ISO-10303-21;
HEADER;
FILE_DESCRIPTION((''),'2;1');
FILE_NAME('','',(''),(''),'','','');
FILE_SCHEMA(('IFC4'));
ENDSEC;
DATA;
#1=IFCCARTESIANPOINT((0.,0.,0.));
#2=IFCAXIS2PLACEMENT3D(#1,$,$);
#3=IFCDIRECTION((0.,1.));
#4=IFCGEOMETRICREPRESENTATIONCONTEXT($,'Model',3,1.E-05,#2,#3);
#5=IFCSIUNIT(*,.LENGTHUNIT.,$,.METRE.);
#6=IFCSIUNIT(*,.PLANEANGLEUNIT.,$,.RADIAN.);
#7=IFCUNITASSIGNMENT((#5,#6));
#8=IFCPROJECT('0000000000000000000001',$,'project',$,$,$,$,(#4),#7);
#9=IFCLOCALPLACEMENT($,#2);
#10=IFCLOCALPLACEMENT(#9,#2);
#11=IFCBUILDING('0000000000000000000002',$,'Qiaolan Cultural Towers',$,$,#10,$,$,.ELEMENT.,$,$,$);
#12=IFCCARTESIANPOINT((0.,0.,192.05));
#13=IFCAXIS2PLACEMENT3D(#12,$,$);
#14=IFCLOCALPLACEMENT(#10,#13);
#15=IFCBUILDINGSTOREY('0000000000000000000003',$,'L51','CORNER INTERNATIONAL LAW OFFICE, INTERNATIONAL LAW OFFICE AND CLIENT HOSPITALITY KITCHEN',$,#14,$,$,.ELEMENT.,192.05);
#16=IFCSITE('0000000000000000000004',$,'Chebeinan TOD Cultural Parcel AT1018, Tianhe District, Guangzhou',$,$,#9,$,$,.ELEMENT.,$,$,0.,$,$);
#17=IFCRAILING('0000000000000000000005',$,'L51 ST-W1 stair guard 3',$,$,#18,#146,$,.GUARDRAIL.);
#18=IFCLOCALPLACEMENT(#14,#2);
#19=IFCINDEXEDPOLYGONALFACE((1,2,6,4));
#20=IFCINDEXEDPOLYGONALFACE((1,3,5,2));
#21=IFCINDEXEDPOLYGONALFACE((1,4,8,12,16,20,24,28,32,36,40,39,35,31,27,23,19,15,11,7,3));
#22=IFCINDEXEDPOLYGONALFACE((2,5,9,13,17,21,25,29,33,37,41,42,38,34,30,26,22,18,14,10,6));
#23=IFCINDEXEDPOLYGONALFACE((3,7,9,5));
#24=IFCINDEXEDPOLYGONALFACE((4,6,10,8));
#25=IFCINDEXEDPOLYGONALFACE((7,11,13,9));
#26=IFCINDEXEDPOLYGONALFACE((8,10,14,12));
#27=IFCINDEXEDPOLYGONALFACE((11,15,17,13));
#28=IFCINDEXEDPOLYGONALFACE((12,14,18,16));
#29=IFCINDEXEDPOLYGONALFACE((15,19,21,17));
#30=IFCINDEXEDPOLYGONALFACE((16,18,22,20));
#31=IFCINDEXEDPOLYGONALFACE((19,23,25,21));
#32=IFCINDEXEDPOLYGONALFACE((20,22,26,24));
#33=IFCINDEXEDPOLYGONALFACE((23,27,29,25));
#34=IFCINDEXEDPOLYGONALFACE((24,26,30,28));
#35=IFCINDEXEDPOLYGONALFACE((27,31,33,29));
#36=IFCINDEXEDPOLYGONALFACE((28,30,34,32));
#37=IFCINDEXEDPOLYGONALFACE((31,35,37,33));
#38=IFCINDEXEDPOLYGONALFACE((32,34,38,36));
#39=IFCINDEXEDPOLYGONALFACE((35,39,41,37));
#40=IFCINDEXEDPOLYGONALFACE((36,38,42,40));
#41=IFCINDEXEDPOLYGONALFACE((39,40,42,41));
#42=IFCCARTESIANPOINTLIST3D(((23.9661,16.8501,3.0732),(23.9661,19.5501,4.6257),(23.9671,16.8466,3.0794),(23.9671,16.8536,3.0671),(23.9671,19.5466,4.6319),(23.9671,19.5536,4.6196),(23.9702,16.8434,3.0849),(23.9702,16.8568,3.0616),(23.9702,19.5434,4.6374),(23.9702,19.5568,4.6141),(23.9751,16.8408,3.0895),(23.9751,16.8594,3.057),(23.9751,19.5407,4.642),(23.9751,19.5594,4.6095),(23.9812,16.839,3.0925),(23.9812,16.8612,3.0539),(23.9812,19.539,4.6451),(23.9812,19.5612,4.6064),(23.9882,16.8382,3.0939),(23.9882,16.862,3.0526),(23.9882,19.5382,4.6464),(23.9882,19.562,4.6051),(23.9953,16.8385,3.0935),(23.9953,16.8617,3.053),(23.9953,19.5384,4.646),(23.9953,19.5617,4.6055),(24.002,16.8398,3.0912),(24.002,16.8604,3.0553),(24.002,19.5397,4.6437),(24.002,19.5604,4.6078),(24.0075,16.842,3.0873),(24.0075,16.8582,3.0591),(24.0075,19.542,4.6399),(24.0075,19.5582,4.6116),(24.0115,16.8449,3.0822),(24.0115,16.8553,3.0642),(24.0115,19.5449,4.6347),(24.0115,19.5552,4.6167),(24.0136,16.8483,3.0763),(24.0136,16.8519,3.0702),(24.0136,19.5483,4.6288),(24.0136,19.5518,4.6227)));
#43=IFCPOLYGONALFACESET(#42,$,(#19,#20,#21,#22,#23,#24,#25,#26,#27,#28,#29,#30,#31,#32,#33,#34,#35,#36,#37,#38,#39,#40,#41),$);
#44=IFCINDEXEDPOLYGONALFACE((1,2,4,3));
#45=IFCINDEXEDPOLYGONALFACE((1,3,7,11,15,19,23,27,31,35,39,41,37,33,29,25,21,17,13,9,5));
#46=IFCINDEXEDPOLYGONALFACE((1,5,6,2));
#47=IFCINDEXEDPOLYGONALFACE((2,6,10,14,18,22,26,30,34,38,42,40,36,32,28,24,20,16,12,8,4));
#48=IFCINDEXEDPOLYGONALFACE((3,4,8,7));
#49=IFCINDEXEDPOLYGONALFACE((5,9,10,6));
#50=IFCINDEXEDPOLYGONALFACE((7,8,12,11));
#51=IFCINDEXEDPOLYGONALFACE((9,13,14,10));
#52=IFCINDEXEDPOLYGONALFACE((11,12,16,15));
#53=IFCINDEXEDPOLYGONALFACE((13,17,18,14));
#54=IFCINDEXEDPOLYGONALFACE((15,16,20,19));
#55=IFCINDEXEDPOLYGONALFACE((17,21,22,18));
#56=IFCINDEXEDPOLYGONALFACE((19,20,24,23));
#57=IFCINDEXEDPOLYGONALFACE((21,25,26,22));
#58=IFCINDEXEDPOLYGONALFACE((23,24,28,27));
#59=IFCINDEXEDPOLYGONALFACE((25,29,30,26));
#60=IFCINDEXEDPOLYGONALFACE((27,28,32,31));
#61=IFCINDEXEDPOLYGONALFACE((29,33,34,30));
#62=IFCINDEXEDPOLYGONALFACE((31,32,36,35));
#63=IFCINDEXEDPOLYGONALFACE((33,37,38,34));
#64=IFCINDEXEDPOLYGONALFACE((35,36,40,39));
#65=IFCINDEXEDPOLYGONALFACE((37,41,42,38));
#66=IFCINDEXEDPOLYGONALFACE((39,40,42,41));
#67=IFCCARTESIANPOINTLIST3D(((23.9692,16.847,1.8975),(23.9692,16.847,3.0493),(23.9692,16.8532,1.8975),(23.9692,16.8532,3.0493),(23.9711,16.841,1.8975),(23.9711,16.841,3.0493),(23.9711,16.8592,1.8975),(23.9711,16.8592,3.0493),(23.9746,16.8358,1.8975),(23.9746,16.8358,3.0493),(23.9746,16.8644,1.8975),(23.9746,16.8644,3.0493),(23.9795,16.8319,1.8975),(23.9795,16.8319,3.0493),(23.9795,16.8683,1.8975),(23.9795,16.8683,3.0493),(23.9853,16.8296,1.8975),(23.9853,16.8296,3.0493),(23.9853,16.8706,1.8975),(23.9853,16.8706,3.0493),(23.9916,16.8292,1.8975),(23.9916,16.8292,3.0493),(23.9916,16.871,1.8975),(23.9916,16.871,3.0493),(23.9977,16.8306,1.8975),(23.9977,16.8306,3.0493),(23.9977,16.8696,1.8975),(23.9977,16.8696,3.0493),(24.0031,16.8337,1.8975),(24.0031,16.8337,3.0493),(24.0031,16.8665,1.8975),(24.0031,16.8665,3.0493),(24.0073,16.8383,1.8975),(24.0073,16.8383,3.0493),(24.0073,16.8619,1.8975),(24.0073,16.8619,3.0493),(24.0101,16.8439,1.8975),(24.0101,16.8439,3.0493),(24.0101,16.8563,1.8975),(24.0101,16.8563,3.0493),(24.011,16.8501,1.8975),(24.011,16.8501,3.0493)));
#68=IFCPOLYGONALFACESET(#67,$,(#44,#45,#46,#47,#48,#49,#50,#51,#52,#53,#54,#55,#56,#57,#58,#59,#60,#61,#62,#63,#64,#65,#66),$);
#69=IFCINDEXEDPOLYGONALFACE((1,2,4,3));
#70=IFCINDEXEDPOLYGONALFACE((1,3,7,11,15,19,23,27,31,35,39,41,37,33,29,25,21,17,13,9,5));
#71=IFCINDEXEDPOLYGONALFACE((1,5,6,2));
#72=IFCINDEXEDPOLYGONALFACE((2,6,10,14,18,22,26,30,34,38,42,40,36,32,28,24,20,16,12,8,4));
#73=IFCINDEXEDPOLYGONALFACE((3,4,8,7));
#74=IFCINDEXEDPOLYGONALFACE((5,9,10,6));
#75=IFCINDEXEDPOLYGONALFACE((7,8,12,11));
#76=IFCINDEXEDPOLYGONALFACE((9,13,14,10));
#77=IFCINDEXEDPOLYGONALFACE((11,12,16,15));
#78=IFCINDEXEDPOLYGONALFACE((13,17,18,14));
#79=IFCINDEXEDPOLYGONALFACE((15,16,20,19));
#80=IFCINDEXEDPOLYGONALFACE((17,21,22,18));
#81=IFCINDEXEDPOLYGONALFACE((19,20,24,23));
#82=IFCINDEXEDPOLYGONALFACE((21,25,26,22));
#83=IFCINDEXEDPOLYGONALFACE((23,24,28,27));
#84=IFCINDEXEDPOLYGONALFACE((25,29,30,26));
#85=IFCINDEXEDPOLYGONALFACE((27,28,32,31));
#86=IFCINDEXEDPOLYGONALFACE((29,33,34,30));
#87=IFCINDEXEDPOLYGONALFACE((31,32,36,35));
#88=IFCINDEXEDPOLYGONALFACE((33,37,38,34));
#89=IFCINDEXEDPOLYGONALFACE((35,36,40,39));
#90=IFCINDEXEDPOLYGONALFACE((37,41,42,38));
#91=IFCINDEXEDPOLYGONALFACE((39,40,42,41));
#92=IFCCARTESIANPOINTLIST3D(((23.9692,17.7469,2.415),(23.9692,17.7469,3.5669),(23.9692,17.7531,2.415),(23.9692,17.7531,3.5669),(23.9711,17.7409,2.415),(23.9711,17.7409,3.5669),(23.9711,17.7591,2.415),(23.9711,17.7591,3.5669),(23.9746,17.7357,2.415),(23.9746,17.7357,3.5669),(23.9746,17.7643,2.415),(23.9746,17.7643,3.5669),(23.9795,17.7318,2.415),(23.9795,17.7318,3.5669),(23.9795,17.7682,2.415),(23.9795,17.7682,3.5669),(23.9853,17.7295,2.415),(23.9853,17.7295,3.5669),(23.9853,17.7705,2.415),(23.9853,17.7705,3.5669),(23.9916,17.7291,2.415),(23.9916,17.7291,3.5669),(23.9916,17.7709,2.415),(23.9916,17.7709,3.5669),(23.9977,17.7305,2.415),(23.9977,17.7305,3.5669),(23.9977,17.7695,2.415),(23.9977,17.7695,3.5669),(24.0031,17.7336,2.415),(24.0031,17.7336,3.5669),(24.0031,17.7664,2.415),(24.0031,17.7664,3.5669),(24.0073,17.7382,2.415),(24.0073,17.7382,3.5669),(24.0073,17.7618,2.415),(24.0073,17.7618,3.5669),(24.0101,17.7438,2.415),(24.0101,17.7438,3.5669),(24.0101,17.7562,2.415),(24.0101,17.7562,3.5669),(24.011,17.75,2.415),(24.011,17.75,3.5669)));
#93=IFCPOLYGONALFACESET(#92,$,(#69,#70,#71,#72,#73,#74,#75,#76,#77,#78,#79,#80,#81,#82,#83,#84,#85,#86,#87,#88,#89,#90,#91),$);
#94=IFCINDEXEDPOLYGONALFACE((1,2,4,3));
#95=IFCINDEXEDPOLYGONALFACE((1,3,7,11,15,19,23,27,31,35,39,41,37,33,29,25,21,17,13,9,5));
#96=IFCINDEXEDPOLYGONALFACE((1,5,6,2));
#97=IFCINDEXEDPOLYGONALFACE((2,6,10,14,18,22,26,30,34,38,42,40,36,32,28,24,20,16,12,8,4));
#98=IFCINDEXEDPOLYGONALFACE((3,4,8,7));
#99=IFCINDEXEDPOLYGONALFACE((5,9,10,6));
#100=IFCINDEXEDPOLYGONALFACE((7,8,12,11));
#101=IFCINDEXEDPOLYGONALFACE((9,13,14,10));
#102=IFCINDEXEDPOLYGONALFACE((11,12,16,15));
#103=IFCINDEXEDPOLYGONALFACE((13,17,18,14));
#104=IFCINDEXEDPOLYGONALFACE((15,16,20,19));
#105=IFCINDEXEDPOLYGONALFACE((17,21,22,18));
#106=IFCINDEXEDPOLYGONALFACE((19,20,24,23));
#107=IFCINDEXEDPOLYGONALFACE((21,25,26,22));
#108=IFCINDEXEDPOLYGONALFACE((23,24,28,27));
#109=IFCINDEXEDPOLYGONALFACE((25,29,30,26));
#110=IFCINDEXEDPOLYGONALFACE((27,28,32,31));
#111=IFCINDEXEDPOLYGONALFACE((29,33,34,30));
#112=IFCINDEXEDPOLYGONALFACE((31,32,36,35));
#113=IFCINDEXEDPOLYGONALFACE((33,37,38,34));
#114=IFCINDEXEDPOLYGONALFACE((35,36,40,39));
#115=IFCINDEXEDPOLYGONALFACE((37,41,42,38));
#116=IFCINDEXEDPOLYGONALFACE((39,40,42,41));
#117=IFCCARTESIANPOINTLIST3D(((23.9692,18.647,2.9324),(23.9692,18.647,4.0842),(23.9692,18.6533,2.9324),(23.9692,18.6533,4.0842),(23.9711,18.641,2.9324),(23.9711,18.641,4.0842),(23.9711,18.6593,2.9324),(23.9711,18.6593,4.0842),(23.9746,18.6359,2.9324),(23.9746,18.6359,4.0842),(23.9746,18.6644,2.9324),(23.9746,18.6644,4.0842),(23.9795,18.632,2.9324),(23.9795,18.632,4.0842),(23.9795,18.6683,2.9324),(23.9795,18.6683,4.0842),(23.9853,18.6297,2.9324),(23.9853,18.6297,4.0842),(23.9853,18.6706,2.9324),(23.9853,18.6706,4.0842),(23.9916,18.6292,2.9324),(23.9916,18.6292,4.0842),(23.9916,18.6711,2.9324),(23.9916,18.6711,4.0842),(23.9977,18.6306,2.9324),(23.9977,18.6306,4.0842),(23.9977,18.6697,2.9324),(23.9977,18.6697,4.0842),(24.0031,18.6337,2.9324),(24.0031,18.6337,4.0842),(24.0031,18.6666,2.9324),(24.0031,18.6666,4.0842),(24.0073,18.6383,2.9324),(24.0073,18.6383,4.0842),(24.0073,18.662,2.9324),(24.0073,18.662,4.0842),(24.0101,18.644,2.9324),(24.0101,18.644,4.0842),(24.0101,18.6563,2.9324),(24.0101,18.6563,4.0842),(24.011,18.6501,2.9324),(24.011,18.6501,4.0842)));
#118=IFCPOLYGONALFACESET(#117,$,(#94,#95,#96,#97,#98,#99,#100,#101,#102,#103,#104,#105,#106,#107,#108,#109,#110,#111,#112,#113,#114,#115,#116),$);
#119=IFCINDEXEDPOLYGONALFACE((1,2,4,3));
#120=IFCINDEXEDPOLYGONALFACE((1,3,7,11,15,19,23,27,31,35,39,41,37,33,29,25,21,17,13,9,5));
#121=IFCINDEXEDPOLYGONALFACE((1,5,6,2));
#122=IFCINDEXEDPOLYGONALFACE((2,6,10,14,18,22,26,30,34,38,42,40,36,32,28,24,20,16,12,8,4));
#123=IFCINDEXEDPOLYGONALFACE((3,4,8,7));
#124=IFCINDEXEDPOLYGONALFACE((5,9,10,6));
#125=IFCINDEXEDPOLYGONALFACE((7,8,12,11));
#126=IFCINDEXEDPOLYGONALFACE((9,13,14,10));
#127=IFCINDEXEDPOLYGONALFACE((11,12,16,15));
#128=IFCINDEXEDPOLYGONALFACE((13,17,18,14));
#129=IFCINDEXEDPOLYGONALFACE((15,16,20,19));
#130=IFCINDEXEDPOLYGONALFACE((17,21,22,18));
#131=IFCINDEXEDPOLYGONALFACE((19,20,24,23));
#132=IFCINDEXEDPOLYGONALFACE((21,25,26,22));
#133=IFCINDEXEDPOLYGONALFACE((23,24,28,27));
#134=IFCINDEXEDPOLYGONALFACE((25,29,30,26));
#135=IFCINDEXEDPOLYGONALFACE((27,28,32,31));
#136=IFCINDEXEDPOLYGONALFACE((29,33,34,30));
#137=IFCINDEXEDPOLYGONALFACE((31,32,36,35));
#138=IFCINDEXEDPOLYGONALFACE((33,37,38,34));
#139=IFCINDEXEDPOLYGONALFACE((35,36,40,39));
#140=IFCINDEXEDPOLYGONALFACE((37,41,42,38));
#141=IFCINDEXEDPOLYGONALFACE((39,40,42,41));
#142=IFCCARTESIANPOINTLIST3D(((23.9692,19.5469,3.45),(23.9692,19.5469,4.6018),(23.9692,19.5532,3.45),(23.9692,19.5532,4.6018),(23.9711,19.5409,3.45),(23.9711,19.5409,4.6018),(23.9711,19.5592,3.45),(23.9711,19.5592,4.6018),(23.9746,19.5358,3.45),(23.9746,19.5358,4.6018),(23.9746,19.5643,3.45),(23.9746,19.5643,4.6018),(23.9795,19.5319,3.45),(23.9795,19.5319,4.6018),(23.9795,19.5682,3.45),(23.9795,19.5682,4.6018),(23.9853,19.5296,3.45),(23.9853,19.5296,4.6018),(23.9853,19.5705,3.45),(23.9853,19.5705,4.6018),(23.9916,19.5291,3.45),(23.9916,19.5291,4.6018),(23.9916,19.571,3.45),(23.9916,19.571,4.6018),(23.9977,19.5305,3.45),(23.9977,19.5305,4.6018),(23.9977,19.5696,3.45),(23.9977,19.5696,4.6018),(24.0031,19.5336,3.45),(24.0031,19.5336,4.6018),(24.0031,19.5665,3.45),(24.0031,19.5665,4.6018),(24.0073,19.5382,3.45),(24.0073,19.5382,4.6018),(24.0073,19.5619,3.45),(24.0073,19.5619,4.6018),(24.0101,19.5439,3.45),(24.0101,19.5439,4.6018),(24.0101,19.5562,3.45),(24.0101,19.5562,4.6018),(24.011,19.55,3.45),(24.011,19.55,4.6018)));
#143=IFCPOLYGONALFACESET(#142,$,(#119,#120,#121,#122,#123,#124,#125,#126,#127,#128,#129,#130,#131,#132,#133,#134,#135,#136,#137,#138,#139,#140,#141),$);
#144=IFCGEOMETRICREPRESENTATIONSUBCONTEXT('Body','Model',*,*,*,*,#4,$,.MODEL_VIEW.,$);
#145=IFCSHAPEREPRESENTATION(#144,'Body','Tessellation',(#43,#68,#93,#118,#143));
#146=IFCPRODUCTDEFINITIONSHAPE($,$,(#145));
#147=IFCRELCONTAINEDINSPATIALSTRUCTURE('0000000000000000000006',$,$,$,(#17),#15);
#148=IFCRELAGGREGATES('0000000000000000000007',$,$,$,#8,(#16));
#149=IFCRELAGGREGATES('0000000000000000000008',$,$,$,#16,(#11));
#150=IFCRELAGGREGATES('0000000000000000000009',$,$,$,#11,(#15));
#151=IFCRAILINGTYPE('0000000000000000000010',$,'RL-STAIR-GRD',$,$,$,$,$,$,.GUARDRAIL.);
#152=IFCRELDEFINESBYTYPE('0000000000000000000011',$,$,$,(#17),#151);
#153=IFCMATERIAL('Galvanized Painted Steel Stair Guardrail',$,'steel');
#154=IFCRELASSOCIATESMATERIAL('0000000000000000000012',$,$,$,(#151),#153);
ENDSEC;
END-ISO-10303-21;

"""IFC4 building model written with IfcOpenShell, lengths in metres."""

from ifc_helpers import new_model, si_unit, direction, frame, origin, origin_2d, place, context, subcontext, project, spatial, circle, extrude, material, type_object, element, save


model = new_model("IFC4")

# Units and contexts
model_context = context("Model", 3, precision=1e-05, world=origin(), true_north=direction((0.0, 1.0)))
body_context = subcontext(model_context, "Body", "Model", "MODEL_VIEW")
ifc_project = project(units=[si_unit("LENGTHUNIT", "METRE"), si_unit("PLANEANGLEUNIT", "RADIAN")], contexts=[model_context])

# Site, building, storey
site_placement = place(None, origin())
site = spatial("IfcSite", under=ifc_project, at=site_placement, Name="Chebeinan TOD Cultural Parcel AT1018, Tianhe District, Guangzhou", CompositionType="ELEMENT", RefElevation=0.0)
building_placement = place(site_placement, origin())
building = spatial("IfcBuilding", under=site, at=building_placement, Name="Qiaolan Cultural Towers", CompositionType="ELEMENT")
storey_placement = place(building_placement, frame((0.0, 0.0, 192.05)))
storey = spatial("IfcBuildingStorey", under=building, at=storey_placement, Name="L51", Description="CORNER INTERNATIONAL LAW OFFICE, INTERNATIONAL LAW OFFICE AND CLIENT HOSPITALITY KITCHEN", CompositionType="ELEMENT", Elevation=192.05)

# Railing
ifc_material_1 = material(Name="Galvanized Painted Steel Stair Guardrail", Category="steel")
railing_type_1 = type_object("IfcRailingType", Name="RL-STAIR-GRD", PredefinedType="GUARDRAIL", material=ifc_material_1)
railing_1_placement = place(storey_placement, frame((23.99, 16.8501, 1.8975)))
element("IfcRailing", 1, at=railing_1_placement, inside=storey, type_object=railing_type_1, Name="L51 ST-W1 stair guard 3", PredefinedType="GUARDRAIL", context=body_context, shape_type="SweptSolid", body=[
    extrude(circle(Radius=0.0239, at=origin_2d()), frame((0.0, 0.0, 1.1758), z_axis=(0.0, 0.866904, 0.498476), x_axis=(-1.0, 0.0, 0.0)), (0.0, 0.0, 1.0), 3.1145),
    extrude(circle(Radius=0.021, at=origin_2d()), origin(), (0.0, 0.0, 1.0), 1.1519),
    extrude(circle(Radius=0.021, at=origin_2d()), frame((0.0, 0.8999, 0.5176)), (0.0, 0.0, 1.0), 1.1519),
    extrude(circle(Radius=0.021, at=origin_2d()), frame((0.0, 1.8, 1.0349)), (0.0, 0.0, 1.0), 1.1519),
    extrude(circle(Radius=0.021, at=origin_2d()), frame((0.0, 2.7, 1.5525)), (0.0, 0.0, 1.0), 1.1519),
])

save(model, "model.ifc")
